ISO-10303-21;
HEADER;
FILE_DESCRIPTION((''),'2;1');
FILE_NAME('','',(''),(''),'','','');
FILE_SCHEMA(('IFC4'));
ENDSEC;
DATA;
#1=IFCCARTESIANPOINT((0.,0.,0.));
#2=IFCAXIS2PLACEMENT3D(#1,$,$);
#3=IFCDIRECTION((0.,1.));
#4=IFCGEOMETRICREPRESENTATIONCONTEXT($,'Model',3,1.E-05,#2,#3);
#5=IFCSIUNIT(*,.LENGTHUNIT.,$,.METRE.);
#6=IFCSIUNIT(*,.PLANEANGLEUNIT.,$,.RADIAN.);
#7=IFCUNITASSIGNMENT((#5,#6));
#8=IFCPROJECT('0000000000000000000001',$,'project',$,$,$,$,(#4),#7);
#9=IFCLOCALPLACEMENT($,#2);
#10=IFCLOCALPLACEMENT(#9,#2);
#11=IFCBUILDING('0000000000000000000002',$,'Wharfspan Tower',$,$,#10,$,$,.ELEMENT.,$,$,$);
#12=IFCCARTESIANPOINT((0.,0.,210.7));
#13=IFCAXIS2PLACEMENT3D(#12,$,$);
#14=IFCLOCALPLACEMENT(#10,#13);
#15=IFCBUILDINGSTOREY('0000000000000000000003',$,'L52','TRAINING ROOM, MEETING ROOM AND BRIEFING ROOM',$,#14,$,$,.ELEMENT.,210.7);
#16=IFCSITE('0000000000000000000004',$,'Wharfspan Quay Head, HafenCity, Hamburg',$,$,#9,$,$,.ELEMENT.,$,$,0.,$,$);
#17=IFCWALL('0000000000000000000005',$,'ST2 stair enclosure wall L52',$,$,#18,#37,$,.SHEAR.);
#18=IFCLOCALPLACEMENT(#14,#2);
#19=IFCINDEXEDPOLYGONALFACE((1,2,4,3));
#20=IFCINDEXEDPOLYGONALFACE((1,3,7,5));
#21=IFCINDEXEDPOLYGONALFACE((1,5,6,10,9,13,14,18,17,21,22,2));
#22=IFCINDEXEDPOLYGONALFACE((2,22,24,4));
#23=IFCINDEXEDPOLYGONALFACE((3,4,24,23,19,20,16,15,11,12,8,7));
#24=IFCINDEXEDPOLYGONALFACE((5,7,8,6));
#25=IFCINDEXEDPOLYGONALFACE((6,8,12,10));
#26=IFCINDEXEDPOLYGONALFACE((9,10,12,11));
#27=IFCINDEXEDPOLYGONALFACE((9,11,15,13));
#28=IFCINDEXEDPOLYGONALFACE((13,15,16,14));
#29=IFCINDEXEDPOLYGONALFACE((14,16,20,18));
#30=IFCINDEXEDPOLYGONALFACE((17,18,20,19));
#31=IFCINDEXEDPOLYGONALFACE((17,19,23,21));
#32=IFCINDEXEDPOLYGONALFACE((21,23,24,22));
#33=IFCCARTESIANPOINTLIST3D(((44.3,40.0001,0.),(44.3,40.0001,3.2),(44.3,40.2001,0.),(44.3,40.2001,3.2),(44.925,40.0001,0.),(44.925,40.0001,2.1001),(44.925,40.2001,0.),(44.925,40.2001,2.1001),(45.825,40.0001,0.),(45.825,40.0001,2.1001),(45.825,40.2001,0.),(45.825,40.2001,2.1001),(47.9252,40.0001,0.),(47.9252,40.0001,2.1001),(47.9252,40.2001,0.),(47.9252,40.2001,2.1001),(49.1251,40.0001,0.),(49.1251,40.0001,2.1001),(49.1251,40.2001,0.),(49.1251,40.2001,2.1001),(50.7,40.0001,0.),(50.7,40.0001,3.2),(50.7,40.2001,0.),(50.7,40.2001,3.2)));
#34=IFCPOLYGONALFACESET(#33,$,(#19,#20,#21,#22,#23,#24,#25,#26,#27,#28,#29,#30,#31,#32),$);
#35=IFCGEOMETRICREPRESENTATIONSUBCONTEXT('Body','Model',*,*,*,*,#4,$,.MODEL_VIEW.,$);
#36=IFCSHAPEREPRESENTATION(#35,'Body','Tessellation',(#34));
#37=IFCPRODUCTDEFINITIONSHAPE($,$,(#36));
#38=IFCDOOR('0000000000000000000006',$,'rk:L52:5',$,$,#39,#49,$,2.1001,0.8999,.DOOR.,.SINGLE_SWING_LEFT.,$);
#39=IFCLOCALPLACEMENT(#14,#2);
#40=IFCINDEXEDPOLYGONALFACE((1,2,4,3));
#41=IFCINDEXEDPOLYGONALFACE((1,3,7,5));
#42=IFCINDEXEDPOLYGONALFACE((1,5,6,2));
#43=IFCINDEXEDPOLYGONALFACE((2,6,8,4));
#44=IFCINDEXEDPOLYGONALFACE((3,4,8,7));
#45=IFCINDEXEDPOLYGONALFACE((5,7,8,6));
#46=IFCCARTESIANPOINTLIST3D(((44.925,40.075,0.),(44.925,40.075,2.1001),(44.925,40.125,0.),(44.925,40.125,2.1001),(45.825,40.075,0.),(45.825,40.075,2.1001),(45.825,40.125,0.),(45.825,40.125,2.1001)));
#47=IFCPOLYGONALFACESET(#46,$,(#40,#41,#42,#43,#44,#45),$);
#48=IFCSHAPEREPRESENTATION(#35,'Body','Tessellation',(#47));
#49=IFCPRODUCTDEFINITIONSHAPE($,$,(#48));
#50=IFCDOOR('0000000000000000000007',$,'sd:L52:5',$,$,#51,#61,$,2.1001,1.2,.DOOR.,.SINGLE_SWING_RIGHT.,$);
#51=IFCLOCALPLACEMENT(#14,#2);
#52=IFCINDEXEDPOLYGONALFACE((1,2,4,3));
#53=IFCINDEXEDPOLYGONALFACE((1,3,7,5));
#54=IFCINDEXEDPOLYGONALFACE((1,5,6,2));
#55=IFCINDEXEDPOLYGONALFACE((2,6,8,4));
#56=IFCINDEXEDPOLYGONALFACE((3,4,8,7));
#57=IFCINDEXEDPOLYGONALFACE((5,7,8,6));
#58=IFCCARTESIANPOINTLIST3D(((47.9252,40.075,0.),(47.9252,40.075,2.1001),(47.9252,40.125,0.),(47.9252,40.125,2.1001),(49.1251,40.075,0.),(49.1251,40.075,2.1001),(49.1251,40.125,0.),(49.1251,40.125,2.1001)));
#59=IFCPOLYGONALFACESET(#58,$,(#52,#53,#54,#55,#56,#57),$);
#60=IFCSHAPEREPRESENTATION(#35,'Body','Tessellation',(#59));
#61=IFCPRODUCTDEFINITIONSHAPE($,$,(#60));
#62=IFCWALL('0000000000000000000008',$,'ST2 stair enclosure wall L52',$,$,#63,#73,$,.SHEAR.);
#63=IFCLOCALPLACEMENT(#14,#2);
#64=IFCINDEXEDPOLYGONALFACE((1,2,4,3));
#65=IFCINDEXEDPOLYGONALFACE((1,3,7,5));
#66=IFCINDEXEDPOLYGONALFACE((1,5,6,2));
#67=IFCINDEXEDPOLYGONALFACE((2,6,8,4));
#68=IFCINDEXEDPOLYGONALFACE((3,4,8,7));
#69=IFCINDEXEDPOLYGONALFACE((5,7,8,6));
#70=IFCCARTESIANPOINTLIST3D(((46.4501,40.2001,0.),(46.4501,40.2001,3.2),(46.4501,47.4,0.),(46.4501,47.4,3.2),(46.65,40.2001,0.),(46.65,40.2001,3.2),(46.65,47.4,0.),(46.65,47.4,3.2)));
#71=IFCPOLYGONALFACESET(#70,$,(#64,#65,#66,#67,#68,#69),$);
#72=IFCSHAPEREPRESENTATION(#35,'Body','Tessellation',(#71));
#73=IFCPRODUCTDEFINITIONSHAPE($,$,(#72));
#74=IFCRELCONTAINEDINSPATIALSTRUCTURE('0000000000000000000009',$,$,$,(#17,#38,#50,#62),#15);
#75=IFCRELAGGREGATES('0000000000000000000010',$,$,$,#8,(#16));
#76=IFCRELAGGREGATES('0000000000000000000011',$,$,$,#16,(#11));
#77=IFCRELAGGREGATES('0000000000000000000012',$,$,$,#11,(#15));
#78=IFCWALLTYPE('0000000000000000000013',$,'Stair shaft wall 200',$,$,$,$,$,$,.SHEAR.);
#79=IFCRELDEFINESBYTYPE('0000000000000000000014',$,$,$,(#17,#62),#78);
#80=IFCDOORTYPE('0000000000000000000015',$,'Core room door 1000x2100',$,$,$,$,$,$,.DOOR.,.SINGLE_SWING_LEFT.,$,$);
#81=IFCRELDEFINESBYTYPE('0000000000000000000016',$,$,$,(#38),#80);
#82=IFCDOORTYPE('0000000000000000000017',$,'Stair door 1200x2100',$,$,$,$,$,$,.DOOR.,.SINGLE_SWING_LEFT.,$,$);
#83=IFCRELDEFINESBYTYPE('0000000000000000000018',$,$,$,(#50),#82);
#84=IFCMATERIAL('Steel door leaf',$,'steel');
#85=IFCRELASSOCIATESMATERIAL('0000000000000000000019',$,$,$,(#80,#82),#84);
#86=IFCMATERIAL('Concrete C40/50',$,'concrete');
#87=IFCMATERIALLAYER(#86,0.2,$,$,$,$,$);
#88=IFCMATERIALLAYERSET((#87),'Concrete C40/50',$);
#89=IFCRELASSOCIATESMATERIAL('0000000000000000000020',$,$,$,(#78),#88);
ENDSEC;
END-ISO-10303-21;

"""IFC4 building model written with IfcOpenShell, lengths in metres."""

from ifc_helpers import new_model, si_unit, direction, frame, frame_2d, origin, place, context, subcontext, project, spatial, rectangle, extrude, material, layer, layer_set, type_object, element, fill, save


model = new_model("IFC4")

# Units and contexts
model_context = context("Model", 3, precision=1e-05, world=origin(), true_north=direction((0.0, 1.0)))
body_context = subcontext(model_context, "Body", "Model", "MODEL_VIEW")
ifc_project = project(units=[si_unit("LENGTHUNIT", "METRE"), si_unit("PLANEANGLEUNIT", "RADIAN")], contexts=[model_context])

# Site, building, storey
site_placement = place(None, origin())
site = spatial("IfcSite", under=ifc_project, at=site_placement, Name="Wharfspan Quay Head, HafenCity, Hamburg", CompositionType="ELEMENT", RefElevation=0.0)
building_placement = place(site_placement, origin())
building = spatial("IfcBuilding", under=site, at=building_placement, Name="Wharfspan Tower", CompositionType="ELEMENT")
storey_placement = place(building_placement, frame((0.0, 0.0, 210.7)))
storey = spatial("IfcBuildingStorey", under=building, at=storey_placement, Name="L52", Description="TRAINING ROOM, MEETING ROOM AND BRIEFING ROOM", CompositionType="ELEMENT", Elevation=210.7)

# Shared definitions
ifc_material_1 = material(Name="Steel door leaf", Category="steel")
door_type_1 = type_object("IfcDoorType", Name="Core room door 1000x2100", OperationType="SINGLE_SWING_LEFT", PredefinedType="DOOR", material=ifc_material_1)

# Wall, openings, doors
ifc_material_2 = material(Name="Concrete C40/50", Category="concrete")
ifc_layer_1 = layer(ifc_material_2, 0.2)
ifc_layer_set_1 = layer_set([ifc_layer_1], Name="Concrete C40/50")
wall_type_1 = type_object("IfcWallType", Name="Stair shaft wall 200", PredefinedType="SHEAR", material=ifc_layer_set_1)
wall_1_placement = place(storey_placement, frame((44.3, 40.1001, 0.0), z_axis=(0.0, 0.0, 1.0), x_axis=(1.0, 0.0, 0.0)))
wall_1 = element("IfcWall", 1, at=wall_1_placement, inside=storey, type_object=wall_type_1, Name="ST2 stair enclosure wall L52", PredefinedType="SHEAR", context=body_context, shape_type="SweptSolid", body=[
    extrude(rectangle(XDim=6.3999, YDim=0.2, at=frame_2d((3.2, 0.0))), origin(), (0.0, 0.0, 1.0), 3.2),
])
opening_1_placement = place(wall_1_placement, frame((3.625, 0.0, 0.0)))
opening_1 = element("IfcOpeningElement", 2, at=opening_1_placement, cuts=wall_1, PredefinedType="OPENING", context=body_context, shape_type="SweptSolid", body=[
    extrude(rectangle(XDim=1.2, YDim=2.1001, at=frame_2d((0.6001, 1.05))), frame((0.0, 0.1099, 0.0), z_axis=(0.0, -1.0, 0.0), x_axis=(1.0, 0.0, 0.0)), (0.0, 0.0, 1.0), 0.22),
])
opening_2_placement = place(wall_1_placement, frame((0.625, 0.0, 0.0)))
opening_2 = element("IfcOpeningElement", 3, at=opening_2_placement, cuts=wall_1, PredefinedType="OPENING", context=body_context, shape_type="SweptSolid", body=[
    extrude(rectangle(XDim=0.8999, YDim=2.1001, at=frame_2d((0.45, 1.05))), frame((0.0, 0.1099, 0.0), z_axis=(0.0, -1.0, 0.0), x_axis=(1.0, 0.0, 0.0)), (0.0, 0.0, 1.0), 0.22),
])
door_1_placement = place(opening_2_placement, origin())
door_1 = element("IfcDoor", 4, at=door_1_placement, inside=storey, type_object=door_type_1, Name="rk:L52:5", OperationType="SINGLE_SWING_LEFT", OverallHeight=2.1001, OverallWidth=0.8999, PredefinedType="DOOR", context=body_context, shape_type="SweptSolid", body=[
    extrude(rectangle(XDim=0.8999, YDim=2.1001, at=frame_2d((0.45, 1.05))), frame((0.0, 0.0249, 0.0), z_axis=(0.0, -1.0, 0.0), x_axis=(1.0, 0.0, 0.0)), (0.0, 0.0, 1.0), 0.05),
])
fill(opening_2, door_1)
door_type_2 = type_object("IfcDoorType", Name="Stair door 1200x2100", OperationType="SINGLE_SWING_LEFT", PredefinedType="DOOR", material=ifc_material_1)
door_2_placement = place(opening_1_placement, origin())
door_2 = element("IfcDoor", 5, at=door_2_placement, inside=storey, type_object=door_type_2, Name="sd:L52:5", OperationType="SINGLE_SWING_RIGHT", OverallHeight=2.1001, OverallWidth=1.2, PredefinedType="DOOR", context=body_context, shape_type="SweptSolid", body=[
    extrude(rectangle(XDim=1.2, YDim=2.1001, at=frame_2d((0.6001, 1.05))), frame((0.0, 0.0249, 0.0), z_axis=(0.0, -1.0, 0.0), x_axis=(1.0, 0.0, 0.0)), (0.0, 0.0, 1.0), 0.05),
])
fill(opening_1, door_2)

# Wall
wall_2_placement = place(storey_placement, frame((46.55, 40.2, 0.0), z_axis=(0.0, 0.0, 1.0), x_axis=(0.0, 1.0, 0.0)))
element("IfcWall", 6, at=wall_2_placement, inside=storey, type_object=wall_type_1, Name="ST2 stair enclosure wall L52", PredefinedType="SHEAR", context=body_context, shape_type="SweptSolid", body=[
    extrude(rectangle(XDim=7.2, YDim=0.2, at=frame_2d((3.6001, 0.0))), origin(), (0.0, 0.0, 1.0), 3.2),
])

save(model, "model.ifc")
